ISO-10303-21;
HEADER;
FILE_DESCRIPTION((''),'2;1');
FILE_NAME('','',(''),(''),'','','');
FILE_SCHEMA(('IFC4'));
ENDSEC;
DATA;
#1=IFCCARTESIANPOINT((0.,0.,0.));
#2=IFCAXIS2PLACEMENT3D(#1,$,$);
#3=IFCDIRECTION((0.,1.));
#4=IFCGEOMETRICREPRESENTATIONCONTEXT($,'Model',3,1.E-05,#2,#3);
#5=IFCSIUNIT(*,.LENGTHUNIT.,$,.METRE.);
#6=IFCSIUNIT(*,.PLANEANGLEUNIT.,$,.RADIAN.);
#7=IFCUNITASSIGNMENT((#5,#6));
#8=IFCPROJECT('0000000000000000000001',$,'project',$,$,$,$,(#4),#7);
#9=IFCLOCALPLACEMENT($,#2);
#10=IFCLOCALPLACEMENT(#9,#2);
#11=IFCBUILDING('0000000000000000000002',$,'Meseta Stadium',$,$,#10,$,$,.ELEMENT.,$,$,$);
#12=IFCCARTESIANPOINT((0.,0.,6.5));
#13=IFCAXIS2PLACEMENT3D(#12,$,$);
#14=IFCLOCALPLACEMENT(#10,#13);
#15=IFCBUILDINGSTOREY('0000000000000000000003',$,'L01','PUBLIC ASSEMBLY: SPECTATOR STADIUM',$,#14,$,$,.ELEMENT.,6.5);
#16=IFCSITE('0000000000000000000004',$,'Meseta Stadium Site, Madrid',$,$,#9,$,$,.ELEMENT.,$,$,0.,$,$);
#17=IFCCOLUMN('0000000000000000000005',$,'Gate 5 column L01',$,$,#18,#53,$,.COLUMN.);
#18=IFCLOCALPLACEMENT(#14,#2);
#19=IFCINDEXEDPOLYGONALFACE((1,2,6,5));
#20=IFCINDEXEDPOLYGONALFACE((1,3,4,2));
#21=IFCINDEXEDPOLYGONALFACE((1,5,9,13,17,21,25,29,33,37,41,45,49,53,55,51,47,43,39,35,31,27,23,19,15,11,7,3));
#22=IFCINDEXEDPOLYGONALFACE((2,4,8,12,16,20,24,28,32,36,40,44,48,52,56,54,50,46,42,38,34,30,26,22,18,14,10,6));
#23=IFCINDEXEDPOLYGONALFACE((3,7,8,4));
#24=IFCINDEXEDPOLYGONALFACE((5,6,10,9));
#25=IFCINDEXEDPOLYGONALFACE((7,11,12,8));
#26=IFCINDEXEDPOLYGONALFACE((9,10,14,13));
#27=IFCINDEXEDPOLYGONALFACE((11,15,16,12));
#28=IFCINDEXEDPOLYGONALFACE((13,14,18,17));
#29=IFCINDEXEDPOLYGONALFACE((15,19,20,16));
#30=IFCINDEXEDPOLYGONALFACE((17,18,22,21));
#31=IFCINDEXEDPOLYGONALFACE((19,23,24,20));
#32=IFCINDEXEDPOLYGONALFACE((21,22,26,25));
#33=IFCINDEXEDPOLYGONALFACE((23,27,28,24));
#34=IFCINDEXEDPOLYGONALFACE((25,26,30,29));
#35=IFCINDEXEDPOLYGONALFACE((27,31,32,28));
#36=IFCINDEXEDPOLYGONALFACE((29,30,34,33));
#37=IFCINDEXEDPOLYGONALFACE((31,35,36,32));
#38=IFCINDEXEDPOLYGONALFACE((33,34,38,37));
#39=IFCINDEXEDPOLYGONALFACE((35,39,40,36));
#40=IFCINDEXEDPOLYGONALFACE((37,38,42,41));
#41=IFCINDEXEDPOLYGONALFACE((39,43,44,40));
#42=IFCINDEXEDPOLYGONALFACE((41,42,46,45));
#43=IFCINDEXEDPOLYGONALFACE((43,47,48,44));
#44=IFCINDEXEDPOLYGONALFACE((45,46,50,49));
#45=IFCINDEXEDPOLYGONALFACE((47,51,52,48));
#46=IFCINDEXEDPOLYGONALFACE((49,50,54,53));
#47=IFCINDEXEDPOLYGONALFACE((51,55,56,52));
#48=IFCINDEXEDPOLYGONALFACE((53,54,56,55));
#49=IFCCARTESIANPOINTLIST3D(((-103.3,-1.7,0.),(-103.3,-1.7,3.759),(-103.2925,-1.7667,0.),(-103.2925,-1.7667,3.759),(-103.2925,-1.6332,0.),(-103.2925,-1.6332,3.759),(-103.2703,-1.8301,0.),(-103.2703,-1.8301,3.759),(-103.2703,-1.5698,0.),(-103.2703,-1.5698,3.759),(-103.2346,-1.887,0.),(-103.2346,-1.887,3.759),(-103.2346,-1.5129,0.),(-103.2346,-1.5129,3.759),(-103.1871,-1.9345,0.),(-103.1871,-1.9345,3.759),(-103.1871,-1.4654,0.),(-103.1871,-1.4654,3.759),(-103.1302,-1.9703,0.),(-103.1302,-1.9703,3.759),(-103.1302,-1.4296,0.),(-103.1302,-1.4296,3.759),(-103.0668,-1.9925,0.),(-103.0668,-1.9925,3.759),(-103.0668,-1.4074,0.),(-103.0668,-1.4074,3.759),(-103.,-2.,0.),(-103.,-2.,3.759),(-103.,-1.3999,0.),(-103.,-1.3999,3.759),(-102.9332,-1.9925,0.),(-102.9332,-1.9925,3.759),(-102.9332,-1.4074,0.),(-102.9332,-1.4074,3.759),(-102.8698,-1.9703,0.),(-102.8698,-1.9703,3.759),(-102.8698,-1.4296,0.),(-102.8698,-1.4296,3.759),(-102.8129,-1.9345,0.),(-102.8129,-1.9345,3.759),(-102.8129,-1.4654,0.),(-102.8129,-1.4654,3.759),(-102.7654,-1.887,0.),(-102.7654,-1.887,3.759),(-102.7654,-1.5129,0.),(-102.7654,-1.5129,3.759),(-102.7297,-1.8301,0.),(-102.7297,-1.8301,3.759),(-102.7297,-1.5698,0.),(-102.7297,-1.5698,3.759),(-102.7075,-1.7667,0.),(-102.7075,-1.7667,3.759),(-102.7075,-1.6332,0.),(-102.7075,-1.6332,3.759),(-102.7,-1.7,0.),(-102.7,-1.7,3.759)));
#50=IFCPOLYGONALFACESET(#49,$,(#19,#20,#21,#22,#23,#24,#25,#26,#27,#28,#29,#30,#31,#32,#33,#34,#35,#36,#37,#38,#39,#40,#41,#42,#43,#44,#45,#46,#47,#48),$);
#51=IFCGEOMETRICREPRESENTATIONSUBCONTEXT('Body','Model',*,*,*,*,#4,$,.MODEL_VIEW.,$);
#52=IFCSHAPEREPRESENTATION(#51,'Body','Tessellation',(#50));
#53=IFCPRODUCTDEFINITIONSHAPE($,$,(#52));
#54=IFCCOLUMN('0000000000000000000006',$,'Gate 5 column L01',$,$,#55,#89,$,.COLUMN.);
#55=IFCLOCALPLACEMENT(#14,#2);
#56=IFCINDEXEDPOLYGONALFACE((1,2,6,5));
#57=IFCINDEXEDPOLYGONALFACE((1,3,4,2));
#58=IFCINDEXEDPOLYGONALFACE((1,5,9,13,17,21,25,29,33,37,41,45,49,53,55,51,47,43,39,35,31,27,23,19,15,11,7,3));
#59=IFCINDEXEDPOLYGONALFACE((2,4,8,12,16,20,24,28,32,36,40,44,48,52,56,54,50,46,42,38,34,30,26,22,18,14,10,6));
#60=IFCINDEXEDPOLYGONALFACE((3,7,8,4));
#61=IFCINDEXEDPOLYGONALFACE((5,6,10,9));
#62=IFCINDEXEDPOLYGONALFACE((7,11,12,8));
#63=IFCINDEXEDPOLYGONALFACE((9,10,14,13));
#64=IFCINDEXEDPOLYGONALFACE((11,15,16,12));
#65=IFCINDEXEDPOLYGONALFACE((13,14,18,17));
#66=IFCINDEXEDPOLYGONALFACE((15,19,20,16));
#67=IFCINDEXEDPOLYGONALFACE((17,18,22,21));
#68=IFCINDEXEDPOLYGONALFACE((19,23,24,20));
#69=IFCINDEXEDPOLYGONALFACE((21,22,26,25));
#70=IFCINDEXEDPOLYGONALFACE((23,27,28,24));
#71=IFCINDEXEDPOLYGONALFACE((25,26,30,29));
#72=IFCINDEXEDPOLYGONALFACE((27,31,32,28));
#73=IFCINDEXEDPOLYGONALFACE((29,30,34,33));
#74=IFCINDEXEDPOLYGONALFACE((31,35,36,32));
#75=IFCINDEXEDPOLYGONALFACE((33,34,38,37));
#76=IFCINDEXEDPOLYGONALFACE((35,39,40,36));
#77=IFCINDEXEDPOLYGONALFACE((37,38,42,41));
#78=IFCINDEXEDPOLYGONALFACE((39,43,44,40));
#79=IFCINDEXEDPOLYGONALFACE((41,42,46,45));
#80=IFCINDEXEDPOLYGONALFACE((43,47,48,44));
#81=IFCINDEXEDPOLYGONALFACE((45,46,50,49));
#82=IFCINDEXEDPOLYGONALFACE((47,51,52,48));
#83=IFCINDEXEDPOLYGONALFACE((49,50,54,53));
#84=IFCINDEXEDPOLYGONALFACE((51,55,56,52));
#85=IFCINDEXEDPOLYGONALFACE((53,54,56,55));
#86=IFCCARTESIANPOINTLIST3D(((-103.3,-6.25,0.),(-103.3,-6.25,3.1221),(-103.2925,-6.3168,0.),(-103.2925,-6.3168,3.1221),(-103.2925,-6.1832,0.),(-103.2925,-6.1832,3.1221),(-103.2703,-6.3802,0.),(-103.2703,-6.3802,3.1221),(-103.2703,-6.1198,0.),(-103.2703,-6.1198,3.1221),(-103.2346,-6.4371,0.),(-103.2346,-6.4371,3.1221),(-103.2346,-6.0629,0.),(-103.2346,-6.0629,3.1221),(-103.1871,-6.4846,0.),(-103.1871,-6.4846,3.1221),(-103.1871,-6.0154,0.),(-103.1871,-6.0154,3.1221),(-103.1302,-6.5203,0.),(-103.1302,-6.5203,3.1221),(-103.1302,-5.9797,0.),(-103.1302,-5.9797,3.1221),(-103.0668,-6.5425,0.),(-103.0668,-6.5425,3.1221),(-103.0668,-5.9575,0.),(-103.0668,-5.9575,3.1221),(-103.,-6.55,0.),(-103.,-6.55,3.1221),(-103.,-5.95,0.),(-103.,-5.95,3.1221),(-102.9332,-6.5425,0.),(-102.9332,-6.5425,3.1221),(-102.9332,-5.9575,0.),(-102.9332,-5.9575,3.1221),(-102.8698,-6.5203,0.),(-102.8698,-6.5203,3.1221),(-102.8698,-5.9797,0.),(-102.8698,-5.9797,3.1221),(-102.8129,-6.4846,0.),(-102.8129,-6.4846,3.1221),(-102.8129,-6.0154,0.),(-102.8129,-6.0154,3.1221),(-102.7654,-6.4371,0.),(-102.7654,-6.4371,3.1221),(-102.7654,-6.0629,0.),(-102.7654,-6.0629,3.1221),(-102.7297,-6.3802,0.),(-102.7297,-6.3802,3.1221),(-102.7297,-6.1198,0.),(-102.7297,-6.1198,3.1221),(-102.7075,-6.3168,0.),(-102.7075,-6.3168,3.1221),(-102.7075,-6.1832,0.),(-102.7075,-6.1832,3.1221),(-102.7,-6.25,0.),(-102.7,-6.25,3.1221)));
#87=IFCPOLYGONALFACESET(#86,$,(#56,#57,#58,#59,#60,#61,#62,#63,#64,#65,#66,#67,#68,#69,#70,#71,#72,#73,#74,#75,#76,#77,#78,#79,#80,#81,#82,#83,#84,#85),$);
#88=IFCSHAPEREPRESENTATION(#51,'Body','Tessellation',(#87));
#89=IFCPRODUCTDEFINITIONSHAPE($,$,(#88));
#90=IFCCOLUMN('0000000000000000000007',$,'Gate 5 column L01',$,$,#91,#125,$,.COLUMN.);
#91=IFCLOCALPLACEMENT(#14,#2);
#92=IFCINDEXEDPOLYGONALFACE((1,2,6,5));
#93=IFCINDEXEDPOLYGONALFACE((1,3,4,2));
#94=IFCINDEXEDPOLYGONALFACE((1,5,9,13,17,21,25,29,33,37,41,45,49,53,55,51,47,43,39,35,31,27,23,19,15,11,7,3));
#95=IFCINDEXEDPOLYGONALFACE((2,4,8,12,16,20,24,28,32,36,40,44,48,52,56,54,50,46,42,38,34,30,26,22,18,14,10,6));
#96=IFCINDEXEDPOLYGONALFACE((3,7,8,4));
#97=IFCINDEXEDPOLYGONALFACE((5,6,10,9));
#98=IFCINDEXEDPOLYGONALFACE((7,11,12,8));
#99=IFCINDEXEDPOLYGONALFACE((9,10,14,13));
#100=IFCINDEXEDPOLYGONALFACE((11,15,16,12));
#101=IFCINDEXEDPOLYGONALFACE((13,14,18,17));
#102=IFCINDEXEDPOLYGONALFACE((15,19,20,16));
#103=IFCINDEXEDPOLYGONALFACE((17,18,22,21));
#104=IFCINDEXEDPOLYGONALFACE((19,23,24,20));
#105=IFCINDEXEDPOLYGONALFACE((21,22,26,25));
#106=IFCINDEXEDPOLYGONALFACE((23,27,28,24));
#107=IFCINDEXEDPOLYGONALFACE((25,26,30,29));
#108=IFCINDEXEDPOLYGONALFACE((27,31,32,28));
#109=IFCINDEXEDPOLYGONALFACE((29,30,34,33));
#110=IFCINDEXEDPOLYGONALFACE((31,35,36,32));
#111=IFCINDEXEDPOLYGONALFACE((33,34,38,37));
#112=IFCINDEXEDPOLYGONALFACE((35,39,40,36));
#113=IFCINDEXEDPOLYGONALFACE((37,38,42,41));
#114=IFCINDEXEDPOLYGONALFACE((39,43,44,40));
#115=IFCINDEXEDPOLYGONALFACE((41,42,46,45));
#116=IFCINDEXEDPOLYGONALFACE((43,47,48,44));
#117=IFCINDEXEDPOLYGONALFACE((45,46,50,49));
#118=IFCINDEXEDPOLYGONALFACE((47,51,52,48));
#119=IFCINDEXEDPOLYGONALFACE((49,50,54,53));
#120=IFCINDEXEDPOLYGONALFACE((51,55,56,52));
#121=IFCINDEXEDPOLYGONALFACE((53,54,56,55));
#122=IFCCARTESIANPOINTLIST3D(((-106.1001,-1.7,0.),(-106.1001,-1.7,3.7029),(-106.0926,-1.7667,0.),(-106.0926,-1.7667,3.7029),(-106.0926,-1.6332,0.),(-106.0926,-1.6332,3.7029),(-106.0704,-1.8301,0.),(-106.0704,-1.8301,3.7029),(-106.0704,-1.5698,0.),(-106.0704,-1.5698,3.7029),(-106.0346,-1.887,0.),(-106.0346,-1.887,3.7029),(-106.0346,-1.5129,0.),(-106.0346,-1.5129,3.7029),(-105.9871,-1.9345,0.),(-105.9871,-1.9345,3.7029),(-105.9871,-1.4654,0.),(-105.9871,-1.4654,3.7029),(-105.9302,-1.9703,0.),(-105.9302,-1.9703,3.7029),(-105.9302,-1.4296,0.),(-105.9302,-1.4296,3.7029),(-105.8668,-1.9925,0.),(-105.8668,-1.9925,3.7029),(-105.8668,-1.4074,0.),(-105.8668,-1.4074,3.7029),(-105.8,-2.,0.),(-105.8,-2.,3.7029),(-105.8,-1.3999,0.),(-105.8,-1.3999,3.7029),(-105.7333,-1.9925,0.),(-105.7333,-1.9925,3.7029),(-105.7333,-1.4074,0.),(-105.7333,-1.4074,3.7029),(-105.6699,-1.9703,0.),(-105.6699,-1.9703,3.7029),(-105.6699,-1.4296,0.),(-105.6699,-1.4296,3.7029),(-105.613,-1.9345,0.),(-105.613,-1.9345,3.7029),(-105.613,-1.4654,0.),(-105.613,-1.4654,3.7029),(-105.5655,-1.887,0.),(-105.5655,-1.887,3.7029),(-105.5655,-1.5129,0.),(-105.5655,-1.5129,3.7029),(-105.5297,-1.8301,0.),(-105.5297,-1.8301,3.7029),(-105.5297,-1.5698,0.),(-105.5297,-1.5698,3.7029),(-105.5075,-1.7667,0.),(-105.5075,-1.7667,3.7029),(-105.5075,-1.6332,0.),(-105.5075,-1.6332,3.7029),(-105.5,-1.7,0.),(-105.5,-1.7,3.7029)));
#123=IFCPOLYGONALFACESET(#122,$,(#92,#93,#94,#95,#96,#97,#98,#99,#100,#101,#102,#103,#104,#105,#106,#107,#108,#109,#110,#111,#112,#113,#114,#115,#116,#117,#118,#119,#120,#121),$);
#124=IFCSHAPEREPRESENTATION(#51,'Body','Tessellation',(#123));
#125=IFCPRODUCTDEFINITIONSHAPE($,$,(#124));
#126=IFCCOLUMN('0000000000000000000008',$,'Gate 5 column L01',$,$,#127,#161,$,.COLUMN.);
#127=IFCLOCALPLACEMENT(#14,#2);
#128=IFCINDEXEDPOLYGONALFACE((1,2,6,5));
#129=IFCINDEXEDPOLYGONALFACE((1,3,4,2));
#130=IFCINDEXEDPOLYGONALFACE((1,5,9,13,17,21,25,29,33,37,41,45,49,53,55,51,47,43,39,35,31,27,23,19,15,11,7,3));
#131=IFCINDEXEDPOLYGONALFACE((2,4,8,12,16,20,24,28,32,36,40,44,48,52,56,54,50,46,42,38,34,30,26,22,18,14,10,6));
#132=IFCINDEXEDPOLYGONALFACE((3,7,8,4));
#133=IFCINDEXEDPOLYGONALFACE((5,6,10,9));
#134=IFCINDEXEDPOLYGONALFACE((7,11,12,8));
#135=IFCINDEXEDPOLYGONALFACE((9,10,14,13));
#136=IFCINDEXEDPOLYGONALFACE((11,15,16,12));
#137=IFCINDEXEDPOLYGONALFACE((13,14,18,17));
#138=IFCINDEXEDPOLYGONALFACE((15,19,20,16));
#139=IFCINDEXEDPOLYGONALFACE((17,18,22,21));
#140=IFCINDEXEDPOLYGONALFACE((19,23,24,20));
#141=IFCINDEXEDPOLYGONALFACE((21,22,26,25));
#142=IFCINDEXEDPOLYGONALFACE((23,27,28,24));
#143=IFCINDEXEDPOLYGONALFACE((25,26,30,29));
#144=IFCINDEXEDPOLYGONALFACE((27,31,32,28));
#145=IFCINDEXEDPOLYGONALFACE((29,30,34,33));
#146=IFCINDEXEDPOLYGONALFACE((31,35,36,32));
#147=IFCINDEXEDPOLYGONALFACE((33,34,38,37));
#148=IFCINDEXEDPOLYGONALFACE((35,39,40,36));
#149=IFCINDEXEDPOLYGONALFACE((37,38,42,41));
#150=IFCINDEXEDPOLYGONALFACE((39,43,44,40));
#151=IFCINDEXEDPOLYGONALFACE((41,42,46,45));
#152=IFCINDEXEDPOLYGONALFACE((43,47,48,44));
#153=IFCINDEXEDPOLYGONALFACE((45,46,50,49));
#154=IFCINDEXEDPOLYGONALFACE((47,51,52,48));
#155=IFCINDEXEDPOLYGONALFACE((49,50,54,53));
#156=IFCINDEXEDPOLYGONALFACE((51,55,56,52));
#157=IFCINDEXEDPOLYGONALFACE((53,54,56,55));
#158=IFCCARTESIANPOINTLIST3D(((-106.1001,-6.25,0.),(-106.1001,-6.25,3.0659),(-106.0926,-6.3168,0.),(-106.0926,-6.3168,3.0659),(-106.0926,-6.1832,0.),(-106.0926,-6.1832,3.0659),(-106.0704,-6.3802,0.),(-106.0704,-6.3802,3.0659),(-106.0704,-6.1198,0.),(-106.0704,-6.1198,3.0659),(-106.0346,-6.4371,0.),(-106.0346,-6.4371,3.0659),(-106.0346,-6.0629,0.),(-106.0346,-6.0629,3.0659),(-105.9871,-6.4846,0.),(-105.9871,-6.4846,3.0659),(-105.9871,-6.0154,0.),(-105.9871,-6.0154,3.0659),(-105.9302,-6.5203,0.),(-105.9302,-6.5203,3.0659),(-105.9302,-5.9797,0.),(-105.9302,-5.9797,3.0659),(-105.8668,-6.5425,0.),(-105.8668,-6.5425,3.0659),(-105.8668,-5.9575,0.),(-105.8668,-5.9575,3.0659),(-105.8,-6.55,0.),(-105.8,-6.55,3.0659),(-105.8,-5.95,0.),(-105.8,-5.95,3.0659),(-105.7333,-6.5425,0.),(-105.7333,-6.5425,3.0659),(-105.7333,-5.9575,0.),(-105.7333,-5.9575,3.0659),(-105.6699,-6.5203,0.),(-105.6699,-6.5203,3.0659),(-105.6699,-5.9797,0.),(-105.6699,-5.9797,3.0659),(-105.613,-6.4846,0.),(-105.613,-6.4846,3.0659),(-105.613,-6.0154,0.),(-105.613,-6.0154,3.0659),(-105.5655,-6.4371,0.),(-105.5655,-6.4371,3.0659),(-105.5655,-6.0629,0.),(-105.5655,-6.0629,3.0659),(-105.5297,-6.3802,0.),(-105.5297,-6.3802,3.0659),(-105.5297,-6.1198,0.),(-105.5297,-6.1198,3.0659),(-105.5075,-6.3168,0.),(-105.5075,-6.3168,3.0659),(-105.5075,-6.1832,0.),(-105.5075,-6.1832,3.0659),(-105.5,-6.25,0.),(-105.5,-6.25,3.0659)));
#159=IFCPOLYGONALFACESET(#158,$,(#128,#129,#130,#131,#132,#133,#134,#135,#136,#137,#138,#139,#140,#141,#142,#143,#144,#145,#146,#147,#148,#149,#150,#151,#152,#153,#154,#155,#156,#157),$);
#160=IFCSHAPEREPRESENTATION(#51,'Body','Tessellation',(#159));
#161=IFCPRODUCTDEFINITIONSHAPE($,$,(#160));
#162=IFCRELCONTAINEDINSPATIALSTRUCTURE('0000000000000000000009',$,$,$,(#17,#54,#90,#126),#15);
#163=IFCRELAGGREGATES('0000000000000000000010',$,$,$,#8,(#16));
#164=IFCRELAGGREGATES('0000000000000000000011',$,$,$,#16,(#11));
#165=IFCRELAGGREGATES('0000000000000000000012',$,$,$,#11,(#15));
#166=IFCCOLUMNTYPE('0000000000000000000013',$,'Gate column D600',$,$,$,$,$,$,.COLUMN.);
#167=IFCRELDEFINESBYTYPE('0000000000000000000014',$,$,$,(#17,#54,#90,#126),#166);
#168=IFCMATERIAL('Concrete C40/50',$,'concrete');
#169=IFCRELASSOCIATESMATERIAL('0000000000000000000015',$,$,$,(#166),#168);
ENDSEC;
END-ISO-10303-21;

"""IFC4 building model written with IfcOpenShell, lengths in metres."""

from ifc_helpers import new_model, si_unit, direction, frame, origin, origin_2d, place, context, subcontext, project, spatial, circle, extrude, material, material_profile, profile_set, type_object, element, save


model = new_model("IFC4")

# Units and contexts
model_context = context("Model", 3, precision=1e-05, world=origin(), true_north=direction((0.0, 1.0)))
body_context = subcontext(model_context, "Body", "Model", "MODEL_VIEW")
ifc_project = project(units=[si_unit("LENGTHUNIT", "METRE"), si_unit("PLANEANGLEUNIT", "RADIAN")], contexts=[model_context])

# Site, building, storey
site_placement = place(None, origin())
site = spatial("IfcSite", under=ifc_project, at=site_placement, Name="Meseta Stadium Site, Madrid", CompositionType="ELEMENT", RefElevation=0.0)
building_placement = place(site_placement, origin())
building = spatial("IfcBuilding", under=site, at=building_placement, Name="Meseta Stadium", CompositionType="ELEMENT")
storey_placement = place(building_placement, frame((0.0, 0.0, 6.5)))
storey = spatial("IfcBuildingStorey", under=building, at=storey_placement, Name="L01", Description="PUBLIC ASSEMBLY: SPECTATOR STADIUM", CompositionType="ELEMENT", Elevation=6.5)

# Columns
ifc_material_1 = material(Name="Concrete C40/50", Category="concrete")
ifc_material_profile_1 = material_profile(ifc_material_1, circle(Radius=0.3, at=origin_2d()), Name="RC D600")
ifc_profile_set_1 = profile_set([ifc_material_profile_1], Name="Concrete C40/50")
column_type = type_object("IfcColumnType", Name="Gate column D600", PredefinedType="COLUMN", material=ifc_profile_set_1)
column_1_placement = place(storey_placement, frame((-103.0, -1.7, 0.0), z_axis=(0.0, 0.0, 1.0), x_axis=(1.0, 0.0, 0.0)))
element("IfcColumn", 1, at=column_1_placement, inside=storey, type_object=column_type, Name="Gate 5 column L01", PredefinedType="COLUMN", context=body_context, shape_type="SweptSolid", body=[
    extrude(circle(Radius=0.3, at=origin_2d()), origin(), (0.0, 0.0, 1.0), 3.759),
])
column_2_placement = place(storey_placement, frame((-103.0, -6.25, 0.0), z_axis=(0.0, 0.0, 1.0), x_axis=(1.0, 0.0, 0.0)))
element("IfcColumn", 2, at=column_2_placement, inside=storey, type_object=column_type, Name="Gate 5 column L01", PredefinedType="COLUMN", context=body_context, shape_type="SweptSolid", body=[
    extrude(circle(Radius=0.3, at=origin_2d()), origin(), (0.0, 0.0, 1.0), 3.1221),
])
column_3_placement = place(storey_placement, frame((-105.8, -1.7, 0.0), z_axis=(0.0, 0.0, 1.0), x_axis=(1.0, 0.0, 0.0)))
element("IfcColumn", 3, at=column_3_placement, inside=storey, type_object=column_type, Name="Gate 5 column L01", PredefinedType="COLUMN", context=body_context, shape_type="SweptSolid", body=[
    extrude(circle(Radius=0.3, at=origin_2d()), origin(), (0.0, 0.0, 1.0), 3.7029),
])
column_4_placement = place(storey_placement, frame((-105.8, -6.25, 0.0), z_axis=(0.0, 0.0, 1.0), x_axis=(1.0, 0.0, 0.0)))
element("IfcColumn", 4, at=column_4_placement, inside=storey, type_object=column_type, Name="Gate 5 column L01", PredefinedType="COLUMN", context=body_context, shape_type="SweptSolid", body=[
    extrude(circle(Radius=0.3, at=origin_2d()), origin(), (0.0, 0.0, 1.0), 3.0659),
])

save(model, "model.ifc")
